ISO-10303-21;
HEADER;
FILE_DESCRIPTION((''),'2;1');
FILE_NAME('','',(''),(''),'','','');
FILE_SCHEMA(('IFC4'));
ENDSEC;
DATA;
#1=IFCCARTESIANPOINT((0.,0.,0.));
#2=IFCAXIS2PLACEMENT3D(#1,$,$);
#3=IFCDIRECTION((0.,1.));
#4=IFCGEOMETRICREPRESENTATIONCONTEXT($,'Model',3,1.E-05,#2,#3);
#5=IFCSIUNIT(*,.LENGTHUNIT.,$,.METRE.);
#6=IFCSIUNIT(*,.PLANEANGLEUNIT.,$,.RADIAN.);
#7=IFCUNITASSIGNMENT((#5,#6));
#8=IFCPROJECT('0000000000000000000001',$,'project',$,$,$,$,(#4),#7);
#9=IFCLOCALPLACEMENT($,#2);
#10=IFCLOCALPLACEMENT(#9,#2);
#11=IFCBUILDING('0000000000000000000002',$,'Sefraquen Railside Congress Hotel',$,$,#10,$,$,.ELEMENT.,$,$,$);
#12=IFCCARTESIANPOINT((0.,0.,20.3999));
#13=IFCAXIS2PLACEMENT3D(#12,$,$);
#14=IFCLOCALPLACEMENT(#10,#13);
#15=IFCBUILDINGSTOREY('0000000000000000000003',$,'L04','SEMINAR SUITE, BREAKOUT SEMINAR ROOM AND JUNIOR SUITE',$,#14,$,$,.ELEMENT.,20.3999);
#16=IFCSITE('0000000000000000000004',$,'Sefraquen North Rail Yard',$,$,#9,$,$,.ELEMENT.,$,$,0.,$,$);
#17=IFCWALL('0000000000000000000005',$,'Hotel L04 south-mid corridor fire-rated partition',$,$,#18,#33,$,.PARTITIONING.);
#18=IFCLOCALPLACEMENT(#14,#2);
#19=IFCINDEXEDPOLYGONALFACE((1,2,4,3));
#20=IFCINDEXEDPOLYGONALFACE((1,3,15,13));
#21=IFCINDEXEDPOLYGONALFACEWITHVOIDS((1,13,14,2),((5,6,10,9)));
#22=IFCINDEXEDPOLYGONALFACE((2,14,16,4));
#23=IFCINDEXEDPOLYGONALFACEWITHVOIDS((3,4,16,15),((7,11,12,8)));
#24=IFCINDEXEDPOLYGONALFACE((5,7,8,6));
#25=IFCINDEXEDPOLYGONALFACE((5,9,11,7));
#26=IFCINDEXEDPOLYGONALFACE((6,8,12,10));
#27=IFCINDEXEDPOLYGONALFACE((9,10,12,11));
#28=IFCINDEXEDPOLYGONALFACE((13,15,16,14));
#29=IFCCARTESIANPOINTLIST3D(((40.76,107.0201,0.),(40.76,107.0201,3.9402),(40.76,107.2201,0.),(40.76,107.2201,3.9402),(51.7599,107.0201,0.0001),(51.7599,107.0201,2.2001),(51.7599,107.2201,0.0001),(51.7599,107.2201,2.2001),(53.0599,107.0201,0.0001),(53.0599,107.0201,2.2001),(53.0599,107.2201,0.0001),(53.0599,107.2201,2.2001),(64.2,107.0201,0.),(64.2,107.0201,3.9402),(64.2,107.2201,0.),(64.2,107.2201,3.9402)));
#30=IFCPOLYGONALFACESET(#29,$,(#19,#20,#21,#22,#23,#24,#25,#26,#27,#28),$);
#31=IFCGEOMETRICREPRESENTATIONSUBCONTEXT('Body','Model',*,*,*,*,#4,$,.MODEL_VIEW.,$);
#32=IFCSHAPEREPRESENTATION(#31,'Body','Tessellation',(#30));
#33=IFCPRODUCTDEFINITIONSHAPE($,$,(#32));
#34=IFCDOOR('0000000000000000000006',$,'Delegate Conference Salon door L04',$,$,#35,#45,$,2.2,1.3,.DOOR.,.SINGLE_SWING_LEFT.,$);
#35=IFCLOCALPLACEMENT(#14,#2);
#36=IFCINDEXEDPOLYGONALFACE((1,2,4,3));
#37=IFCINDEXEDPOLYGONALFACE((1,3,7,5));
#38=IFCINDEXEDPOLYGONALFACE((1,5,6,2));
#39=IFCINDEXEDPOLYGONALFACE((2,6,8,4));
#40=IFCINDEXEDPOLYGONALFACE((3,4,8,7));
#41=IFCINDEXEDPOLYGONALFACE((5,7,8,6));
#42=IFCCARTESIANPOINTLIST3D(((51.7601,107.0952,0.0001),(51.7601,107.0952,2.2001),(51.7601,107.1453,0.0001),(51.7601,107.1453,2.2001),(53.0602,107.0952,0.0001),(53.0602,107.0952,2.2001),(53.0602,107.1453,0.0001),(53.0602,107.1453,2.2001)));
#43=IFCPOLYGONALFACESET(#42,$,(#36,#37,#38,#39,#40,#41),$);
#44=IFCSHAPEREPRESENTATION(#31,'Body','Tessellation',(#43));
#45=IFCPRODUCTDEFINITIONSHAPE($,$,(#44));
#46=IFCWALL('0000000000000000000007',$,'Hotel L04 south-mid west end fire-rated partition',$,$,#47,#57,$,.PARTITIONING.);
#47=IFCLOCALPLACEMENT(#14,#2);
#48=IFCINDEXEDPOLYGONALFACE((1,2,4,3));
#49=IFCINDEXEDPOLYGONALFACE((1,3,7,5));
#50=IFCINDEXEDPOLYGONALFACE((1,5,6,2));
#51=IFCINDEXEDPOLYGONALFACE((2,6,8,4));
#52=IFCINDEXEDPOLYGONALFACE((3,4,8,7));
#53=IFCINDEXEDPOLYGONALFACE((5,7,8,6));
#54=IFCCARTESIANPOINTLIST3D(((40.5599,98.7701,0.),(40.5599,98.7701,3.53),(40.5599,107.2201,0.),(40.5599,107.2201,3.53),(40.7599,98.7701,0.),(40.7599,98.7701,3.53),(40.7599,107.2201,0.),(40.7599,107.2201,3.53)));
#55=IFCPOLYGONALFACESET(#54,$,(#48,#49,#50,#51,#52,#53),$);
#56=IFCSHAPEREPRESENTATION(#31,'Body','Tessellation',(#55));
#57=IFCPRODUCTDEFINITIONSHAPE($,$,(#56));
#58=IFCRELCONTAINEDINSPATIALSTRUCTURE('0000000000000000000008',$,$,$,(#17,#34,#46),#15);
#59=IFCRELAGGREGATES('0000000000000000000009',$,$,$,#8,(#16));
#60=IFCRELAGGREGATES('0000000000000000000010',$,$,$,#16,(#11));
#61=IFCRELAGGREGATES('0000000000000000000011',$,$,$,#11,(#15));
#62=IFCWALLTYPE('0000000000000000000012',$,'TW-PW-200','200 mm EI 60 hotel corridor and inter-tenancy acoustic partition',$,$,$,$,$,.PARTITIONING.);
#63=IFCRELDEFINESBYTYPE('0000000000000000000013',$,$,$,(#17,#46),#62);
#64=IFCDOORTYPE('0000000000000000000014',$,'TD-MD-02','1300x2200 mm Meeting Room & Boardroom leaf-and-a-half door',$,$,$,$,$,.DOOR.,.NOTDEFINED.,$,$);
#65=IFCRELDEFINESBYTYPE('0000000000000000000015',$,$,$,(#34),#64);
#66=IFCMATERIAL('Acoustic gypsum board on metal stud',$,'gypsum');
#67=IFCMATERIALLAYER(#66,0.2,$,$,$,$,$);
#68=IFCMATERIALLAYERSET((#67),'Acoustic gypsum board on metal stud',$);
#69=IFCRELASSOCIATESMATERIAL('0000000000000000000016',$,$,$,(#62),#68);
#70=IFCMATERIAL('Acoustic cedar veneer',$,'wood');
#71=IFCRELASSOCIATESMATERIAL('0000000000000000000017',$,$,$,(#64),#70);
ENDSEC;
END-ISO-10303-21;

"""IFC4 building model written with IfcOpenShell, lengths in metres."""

from ifc_helpers import new_model, si_unit, direction, frame, frame_2d, origin, place, context, subcontext, project, spatial, rectangle, extrude, material, layer, layer_set, type_object, element, fill, save


model = new_model("IFC4")

# Units and contexts
model_context = context("Model", 3, precision=1e-05, world=origin(), true_north=direction((0.0, 1.0)))
body_context = subcontext(model_context, "Body", "Model", "MODEL_VIEW")
ifc_project = project(units=[si_unit("LENGTHUNIT", "METRE"), si_unit("PLANEANGLEUNIT", "RADIAN")], contexts=[model_context])

# Site, building, storey
site_placement = place(None, origin())
site = spatial("IfcSite", under=ifc_project, at=site_placement, Name="Sefraquen North Rail Yard", CompositionType="ELEMENT", RefElevation=0.0)
building_placement = place(site_placement, origin())
building = spatial("IfcBuilding", under=site, at=building_placement, Name="Sefraquen Railside Congress Hotel", CompositionType="ELEMENT")
storey_placement = place(building_placement, frame((0.0, 0.0, 20.3999)))
storey = spatial("IfcBuildingStorey", under=building, at=storey_placement, Name="L04", Description="SEMINAR SUITE, BREAKOUT SEMINAR ROOM AND JUNIOR SUITE", CompositionType="ELEMENT", Elevation=20.3999)

# Wall, opening, door
ifc_material_1 = material(Name="Acoustic gypsum board on metal stud", Category="gypsum")
ifc_layer_1 = layer(ifc_material_1, 0.2)
ifc_layer_set_1 = layer_set([ifc_layer_1], Name="Acoustic gypsum board on metal stud")
wall_type_1 = type_object("IfcWallType", Name="TW-PW-200", Description="200 mm EI 60 hotel corridor and inter-tenancy acoustic partition", PredefinedType="PARTITIONING", material=ifc_layer_set_1)
wall_1_placement = place(storey_placement, frame((40.76, 107.1201, 0.0), z_axis=(0.0, 0.0, 1.0), x_axis=(1.0, 0.0, 0.0)))
wall_1 = element("IfcWall", 1, at=wall_1_placement, inside=storey, type_object=wall_type_1, Name="Hotel L04 south-mid corridor fire-rated partition", PredefinedType="PARTITIONING", context=body_context, shape_type="SweptSolid", body=[
    extrude(rectangle(XDim=23.4399, YDim=0.2, at=frame_2d((11.72, 0.0))), origin(), (0.0, 0.0, 1.0), 3.9402),
])
opening_1_placement = place(wall_1_placement, frame((11.0, 0.0, 0.0)))
opening_1 = element("IfcOpeningElement", 2, at=opening_1_placement, cuts=wall_1, PredefinedType="OPENING", context=body_context, shape_type="SweptSolid", body=[
    extrude(rectangle(XDim=1.3, YDim=2.2, at=frame_2d((0.6499, 1.1001))), frame((0.0, 0.1099, 0.0), z_axis=(0.0, -1.0, 0.0), x_axis=(1.0, 0.0, 0.0)), (0.0, 0.0, 1.0), 0.22),
])
ifc_material_2 = material(Name="Acoustic cedar veneer", Category="wood")
door_type_1 = type_object("IfcDoorType", Name="TD-MD-02", Description="1300x2200 mm Meeting Room & Boardroom leaf-and-a-half door", OperationType="NOTDEFINED", PredefinedType="DOOR", material=ifc_material_2)
door_1_placement = place(opening_1_placement, frame((1.3, 0.0, 0.0), z_axis=(0.0, 0.0, 1.0), x_axis=(-1.0, 0.0, 0.0)))
door_1 = element("IfcDoor", 3, at=door_1_placement, inside=storey, type_object=door_type_1, Name="Delegate Conference Salon door L04", OperationType="SINGLE_SWING_LEFT", OverallHeight=2.2, OverallWidth=1.3, PredefinedType="DOOR", context=body_context, shape_type="SweptSolid", body=[
    extrude(rectangle(XDim=1.3, YDim=2.2, at=frame_2d((0.6499, 1.1001))), frame((0.0, 0.0249, 0.0), z_axis=(0.0, -1.0, 0.0), x_axis=(1.0, 0.0, 0.0)), (0.0, 0.0, 1.0), 0.05),
])
fill(opening_1, door_1)

# Wall
wall_2_placement = place(storey_placement, frame((40.6599, 98.77, 0.0), z_axis=(0.0, 0.0, 1.0), x_axis=(0.0, 1.0, 0.0)))
element("IfcWall", 4, at=wall_2_placement, inside=storey, type_object=wall_type_1, Name="Hotel L04 south-mid west end fire-rated partition", PredefinedType="PARTITIONING", context=body_context, shape_type="SweptSolid", body=[
    extrude(rectangle(XDim=8.45, YDim=0.2, at=frame_2d((4.2251, 0.0))), origin(), (0.0, 0.0, 1.0), 3.53),
])

save(model, "model.ifc")
